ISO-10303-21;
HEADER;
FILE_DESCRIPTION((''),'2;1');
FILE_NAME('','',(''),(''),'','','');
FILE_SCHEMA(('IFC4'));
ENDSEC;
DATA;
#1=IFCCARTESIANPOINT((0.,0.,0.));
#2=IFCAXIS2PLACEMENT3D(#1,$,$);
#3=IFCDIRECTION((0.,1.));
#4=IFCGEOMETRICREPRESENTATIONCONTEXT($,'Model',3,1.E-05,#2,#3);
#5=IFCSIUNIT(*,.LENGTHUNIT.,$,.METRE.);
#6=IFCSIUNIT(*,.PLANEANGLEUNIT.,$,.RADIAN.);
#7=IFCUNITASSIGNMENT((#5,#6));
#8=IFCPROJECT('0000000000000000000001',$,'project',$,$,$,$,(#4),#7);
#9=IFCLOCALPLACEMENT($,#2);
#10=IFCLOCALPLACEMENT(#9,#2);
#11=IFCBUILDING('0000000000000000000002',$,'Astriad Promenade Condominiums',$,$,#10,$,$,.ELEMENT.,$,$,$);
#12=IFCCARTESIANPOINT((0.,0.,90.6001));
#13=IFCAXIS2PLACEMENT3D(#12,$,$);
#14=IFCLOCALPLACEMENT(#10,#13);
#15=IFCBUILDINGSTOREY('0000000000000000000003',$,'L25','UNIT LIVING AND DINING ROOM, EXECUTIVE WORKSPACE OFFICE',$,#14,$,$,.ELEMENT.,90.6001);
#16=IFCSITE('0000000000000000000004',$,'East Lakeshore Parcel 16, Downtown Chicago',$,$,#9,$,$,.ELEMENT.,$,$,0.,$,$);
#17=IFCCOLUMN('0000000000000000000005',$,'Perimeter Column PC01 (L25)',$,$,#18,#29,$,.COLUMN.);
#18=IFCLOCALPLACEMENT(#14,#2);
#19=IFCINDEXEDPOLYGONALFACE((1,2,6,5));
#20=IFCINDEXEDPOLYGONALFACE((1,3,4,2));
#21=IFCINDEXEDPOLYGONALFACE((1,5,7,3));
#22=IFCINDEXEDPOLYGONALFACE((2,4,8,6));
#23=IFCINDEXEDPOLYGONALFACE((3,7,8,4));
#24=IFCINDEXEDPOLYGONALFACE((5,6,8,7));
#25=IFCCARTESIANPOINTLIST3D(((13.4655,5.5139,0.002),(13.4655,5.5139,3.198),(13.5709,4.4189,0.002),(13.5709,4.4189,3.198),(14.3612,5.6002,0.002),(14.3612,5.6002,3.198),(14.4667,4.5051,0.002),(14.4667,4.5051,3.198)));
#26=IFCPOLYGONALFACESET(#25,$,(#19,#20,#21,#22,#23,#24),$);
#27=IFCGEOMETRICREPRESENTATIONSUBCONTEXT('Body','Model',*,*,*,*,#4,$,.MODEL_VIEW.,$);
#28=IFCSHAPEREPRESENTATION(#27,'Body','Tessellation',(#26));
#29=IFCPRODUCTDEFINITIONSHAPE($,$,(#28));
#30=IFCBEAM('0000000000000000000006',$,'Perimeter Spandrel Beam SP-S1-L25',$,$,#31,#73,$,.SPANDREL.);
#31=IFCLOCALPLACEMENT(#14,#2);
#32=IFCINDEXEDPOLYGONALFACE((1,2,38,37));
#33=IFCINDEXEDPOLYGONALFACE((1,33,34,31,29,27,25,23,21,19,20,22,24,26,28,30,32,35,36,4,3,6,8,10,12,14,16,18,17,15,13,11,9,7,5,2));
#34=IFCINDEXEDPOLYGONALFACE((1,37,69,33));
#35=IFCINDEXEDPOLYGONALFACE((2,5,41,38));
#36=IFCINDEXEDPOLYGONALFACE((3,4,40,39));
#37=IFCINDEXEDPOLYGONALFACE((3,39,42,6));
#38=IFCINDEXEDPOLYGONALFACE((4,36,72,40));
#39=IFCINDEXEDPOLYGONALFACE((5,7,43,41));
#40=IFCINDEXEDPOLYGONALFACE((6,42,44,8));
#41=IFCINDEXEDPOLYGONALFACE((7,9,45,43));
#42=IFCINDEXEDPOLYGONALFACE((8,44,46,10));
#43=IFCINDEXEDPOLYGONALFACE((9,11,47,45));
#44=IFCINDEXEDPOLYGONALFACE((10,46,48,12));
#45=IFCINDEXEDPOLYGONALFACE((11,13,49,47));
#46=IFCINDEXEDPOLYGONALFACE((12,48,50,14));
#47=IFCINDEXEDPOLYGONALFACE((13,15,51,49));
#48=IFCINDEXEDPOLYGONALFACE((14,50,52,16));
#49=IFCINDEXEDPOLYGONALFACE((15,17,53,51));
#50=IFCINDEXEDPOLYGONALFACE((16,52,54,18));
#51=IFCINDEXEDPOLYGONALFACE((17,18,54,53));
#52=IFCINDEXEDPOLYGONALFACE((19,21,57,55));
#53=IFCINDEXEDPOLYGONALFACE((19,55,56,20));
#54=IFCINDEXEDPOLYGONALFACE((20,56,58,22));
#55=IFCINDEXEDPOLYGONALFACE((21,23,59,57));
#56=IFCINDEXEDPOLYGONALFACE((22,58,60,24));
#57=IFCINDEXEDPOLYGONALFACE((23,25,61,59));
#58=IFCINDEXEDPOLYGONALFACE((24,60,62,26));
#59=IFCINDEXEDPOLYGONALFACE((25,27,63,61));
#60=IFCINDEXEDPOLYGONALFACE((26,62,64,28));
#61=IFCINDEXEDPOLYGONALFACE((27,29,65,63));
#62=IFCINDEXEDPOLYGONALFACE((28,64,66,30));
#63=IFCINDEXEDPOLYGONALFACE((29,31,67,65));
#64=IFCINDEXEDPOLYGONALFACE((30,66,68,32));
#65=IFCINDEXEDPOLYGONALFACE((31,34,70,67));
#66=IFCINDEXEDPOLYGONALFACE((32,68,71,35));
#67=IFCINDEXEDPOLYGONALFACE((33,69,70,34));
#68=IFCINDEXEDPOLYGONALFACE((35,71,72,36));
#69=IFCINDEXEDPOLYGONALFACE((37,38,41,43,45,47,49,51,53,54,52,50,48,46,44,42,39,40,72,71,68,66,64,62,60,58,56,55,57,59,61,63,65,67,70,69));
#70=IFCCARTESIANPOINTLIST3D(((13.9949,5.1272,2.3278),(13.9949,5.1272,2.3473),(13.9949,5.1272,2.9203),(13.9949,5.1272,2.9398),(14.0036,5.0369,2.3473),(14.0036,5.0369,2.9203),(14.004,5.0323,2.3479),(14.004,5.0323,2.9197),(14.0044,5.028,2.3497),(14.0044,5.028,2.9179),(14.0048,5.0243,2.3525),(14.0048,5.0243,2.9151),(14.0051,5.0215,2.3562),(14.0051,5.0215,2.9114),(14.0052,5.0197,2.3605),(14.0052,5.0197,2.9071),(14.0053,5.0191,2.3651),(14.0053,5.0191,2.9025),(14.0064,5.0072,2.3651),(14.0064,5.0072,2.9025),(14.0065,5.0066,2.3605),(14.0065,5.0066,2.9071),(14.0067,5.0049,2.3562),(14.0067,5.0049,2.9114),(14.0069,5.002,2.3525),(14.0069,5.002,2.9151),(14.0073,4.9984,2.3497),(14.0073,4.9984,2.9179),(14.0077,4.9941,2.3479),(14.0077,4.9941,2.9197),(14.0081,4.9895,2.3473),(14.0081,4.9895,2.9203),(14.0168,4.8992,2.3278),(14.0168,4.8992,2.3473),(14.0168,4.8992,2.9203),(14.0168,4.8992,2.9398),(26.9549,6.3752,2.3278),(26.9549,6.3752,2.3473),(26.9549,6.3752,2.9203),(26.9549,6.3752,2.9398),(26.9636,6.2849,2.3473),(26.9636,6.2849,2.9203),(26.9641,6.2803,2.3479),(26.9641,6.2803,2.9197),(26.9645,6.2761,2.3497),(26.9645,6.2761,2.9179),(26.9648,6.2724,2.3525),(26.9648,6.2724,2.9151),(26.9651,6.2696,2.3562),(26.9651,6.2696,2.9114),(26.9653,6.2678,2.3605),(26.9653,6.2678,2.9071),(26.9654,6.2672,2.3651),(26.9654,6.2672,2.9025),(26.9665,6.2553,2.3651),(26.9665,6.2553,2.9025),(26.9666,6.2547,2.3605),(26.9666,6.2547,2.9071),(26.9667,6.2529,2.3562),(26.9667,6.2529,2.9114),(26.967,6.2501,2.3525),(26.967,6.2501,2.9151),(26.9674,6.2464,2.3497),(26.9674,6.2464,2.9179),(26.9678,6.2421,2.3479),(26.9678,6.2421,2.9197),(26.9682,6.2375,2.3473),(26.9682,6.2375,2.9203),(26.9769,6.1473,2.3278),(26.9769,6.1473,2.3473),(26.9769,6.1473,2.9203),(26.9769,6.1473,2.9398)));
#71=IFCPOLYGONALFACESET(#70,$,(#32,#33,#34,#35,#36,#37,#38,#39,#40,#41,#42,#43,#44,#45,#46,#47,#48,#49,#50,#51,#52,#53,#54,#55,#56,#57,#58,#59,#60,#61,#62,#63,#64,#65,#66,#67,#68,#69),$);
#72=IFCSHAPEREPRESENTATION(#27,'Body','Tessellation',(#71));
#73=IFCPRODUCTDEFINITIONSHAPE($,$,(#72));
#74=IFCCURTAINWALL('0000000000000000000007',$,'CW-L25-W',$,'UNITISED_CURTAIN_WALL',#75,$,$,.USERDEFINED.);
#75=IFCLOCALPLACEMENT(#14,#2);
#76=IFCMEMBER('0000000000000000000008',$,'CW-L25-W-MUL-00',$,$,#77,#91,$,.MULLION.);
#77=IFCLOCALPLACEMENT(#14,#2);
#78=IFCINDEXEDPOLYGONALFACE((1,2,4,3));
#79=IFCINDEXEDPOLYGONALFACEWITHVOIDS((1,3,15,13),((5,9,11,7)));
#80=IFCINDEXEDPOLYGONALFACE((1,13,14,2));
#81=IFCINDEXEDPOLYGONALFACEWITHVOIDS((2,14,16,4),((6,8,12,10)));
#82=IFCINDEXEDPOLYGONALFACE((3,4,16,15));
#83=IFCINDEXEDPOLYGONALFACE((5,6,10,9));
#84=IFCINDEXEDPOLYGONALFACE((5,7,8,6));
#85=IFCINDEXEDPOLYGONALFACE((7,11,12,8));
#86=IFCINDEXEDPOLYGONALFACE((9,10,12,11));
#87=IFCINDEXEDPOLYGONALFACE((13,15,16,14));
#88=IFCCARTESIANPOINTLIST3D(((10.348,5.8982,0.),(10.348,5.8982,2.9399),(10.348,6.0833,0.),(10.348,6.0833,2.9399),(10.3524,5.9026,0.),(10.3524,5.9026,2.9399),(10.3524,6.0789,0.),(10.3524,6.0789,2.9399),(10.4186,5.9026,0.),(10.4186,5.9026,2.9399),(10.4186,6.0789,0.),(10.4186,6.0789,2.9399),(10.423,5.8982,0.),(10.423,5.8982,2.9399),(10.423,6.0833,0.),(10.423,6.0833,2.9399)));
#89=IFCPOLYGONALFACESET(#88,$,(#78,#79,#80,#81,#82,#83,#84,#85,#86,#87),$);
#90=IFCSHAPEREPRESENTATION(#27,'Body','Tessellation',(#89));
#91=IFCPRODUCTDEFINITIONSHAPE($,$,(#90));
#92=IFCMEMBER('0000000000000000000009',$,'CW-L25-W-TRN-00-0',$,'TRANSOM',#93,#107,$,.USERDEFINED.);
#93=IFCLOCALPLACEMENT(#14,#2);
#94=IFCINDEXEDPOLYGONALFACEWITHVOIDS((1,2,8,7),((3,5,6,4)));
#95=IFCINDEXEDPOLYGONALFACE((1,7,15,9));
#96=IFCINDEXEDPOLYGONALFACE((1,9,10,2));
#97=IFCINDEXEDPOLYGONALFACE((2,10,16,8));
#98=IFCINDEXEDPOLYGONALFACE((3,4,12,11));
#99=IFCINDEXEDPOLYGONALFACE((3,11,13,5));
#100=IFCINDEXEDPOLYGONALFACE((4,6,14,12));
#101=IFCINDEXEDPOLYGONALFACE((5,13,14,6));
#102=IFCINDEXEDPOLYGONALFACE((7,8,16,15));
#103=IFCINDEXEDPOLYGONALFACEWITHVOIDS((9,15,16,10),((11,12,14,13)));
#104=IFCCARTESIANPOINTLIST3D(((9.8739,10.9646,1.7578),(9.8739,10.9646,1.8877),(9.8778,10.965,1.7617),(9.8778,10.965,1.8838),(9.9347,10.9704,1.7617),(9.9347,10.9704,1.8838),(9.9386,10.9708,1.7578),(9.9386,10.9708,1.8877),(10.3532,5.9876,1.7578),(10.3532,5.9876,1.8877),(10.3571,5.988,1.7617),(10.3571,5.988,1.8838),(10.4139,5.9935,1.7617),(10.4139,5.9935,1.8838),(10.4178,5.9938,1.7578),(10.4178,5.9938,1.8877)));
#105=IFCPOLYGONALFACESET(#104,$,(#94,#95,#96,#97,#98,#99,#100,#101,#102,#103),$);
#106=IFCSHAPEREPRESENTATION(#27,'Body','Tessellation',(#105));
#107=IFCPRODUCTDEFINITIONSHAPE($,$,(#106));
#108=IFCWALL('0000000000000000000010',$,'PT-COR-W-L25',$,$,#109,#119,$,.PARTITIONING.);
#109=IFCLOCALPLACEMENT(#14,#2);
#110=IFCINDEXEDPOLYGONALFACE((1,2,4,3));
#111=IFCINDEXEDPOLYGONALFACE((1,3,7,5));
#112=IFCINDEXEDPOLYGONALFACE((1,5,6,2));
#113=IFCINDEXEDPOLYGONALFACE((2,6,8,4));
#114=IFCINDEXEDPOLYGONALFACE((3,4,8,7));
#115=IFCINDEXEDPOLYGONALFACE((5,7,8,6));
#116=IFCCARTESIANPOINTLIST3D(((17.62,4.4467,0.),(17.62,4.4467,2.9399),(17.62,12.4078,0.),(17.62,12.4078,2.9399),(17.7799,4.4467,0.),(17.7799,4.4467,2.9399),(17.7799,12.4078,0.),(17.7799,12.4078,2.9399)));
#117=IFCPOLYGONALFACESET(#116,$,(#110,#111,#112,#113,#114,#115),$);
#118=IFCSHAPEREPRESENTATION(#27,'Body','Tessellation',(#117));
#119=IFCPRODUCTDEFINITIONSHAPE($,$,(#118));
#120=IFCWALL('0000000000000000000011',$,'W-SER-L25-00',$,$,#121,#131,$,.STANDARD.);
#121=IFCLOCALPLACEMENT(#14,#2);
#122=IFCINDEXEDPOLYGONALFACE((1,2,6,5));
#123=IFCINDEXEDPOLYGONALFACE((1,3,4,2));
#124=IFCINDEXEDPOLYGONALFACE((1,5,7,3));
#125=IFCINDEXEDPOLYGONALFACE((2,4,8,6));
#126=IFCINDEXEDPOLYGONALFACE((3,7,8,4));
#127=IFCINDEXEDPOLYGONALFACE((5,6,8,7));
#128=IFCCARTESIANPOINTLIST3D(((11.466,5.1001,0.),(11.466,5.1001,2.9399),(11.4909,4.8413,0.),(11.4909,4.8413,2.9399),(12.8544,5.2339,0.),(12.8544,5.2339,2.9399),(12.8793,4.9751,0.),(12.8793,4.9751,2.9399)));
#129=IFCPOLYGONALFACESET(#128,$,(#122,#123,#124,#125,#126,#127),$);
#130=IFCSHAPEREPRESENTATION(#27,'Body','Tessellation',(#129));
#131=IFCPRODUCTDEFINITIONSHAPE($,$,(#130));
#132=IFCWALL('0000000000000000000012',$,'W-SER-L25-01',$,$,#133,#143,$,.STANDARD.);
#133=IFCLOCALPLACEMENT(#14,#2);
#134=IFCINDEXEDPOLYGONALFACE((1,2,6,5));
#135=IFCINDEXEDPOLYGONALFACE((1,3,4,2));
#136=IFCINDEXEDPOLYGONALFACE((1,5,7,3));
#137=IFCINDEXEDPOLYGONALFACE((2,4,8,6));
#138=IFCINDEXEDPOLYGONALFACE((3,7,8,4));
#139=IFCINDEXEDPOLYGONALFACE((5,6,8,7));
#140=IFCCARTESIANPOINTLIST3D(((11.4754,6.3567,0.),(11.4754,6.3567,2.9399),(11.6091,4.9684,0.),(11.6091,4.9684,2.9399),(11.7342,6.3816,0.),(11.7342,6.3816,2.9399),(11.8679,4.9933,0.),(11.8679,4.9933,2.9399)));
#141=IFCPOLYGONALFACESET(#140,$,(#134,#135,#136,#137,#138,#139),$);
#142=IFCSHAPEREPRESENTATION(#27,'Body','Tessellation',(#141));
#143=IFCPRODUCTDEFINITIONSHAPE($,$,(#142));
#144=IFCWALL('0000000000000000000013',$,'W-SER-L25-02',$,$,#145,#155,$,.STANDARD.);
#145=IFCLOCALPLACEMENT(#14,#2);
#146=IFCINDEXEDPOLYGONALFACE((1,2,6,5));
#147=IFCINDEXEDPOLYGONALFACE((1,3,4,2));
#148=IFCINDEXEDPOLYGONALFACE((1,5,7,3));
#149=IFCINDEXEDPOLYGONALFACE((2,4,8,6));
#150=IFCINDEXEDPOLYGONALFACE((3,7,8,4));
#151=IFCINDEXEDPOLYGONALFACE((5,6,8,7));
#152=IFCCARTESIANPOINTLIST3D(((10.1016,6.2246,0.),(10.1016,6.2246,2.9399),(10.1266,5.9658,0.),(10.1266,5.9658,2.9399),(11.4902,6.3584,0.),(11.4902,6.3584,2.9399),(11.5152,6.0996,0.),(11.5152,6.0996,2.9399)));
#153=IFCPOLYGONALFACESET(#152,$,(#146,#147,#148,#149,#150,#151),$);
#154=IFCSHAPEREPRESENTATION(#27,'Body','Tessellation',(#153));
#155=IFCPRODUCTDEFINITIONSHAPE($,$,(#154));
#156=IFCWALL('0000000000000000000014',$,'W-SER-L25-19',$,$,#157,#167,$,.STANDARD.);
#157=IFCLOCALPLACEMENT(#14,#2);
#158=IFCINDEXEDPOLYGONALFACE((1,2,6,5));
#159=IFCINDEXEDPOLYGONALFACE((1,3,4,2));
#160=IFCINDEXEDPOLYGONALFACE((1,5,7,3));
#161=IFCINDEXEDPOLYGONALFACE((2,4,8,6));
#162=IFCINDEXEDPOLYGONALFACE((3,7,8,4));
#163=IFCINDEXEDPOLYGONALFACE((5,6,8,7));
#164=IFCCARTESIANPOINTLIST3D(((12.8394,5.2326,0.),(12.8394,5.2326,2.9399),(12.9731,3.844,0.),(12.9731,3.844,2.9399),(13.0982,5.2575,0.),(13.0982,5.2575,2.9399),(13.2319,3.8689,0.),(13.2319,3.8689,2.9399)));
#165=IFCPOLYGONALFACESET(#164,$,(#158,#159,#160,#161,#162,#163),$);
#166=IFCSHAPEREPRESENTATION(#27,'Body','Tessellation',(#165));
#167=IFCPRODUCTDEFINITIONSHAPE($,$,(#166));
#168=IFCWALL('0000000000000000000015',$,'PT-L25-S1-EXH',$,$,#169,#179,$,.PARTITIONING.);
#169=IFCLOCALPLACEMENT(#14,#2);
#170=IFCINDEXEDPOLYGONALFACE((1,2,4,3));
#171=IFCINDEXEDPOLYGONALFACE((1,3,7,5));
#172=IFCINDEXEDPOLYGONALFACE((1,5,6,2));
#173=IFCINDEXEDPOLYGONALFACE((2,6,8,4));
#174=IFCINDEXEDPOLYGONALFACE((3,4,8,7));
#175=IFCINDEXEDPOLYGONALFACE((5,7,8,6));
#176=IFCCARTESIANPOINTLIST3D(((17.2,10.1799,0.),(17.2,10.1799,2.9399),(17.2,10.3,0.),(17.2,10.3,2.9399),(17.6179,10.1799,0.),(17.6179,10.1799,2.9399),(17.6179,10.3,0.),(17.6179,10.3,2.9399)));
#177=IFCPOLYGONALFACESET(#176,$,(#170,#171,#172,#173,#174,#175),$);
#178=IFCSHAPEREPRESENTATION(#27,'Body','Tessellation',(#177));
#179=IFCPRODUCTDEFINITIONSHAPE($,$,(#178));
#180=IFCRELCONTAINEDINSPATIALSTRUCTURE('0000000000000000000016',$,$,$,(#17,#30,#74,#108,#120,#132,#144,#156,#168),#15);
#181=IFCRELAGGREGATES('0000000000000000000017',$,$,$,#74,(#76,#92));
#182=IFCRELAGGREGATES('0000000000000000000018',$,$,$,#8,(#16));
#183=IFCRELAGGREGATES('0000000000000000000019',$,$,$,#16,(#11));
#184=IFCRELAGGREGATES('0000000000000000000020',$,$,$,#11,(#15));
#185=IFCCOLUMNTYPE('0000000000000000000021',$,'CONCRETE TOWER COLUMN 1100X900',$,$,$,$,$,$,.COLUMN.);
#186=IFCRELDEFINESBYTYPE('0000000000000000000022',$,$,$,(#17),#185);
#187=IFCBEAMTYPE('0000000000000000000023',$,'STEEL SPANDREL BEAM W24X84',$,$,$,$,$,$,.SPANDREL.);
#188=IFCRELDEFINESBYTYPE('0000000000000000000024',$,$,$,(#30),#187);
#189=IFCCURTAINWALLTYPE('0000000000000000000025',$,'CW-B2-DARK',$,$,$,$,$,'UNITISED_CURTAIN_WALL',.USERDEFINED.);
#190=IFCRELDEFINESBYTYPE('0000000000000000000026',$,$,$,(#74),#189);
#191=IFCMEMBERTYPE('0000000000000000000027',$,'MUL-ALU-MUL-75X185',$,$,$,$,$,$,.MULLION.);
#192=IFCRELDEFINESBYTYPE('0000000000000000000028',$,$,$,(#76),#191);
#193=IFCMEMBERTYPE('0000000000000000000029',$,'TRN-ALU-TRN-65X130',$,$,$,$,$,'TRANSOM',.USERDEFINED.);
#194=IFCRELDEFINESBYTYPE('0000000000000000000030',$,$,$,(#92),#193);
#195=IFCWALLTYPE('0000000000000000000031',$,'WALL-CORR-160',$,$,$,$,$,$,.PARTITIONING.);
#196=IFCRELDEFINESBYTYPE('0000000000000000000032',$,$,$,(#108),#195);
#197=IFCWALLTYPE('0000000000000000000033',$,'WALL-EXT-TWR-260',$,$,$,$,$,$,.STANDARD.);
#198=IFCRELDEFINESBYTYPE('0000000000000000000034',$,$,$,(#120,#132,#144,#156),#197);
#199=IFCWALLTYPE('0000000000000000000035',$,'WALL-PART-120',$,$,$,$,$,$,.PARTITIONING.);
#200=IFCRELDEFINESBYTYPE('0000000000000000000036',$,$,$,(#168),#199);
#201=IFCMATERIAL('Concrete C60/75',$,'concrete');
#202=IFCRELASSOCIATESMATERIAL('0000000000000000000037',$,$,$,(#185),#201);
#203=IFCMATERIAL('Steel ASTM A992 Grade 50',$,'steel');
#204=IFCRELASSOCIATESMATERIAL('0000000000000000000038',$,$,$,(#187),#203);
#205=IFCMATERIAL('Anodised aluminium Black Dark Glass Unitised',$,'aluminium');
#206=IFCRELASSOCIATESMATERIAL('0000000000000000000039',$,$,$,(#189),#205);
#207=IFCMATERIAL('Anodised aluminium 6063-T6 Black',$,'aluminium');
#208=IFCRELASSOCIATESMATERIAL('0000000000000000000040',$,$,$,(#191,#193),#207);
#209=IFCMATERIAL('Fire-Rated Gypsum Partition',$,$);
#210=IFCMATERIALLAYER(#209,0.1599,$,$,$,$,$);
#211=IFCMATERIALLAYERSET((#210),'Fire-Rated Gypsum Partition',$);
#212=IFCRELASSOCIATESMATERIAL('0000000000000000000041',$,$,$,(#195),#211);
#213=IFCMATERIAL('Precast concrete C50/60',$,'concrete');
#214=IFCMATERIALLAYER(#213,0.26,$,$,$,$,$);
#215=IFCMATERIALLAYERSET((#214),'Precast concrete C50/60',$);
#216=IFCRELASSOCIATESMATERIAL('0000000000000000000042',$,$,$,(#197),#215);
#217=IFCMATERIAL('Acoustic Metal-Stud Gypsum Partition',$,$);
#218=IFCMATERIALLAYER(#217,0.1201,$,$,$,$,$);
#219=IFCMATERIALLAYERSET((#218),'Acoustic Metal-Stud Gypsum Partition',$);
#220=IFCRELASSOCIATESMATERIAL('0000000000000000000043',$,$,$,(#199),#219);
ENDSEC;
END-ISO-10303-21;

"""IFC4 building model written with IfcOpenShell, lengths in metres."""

from ifc_helpers import new_model, si_unit, direction, frame, frame_2d, origin, origin_2d, place, context, subcontext, project, spatial, rectangle, hollow_rectangle, i_section, extrude, source, transform, mapped, material, layer, layer_set, material_profile, profile_set, type_object, type_shapes, element, aggregate, save


model = new_model("IFC4")

# Units and contexts
model_context = context("Model", 3, precision=1e-05, world=origin(), true_north=direction((0.0, 1.0)))
body_context = subcontext(model_context, "Body", "Model", "MODEL_VIEW")
ifc_project = project(units=[si_unit("LENGTHUNIT", "METRE"), si_unit("PLANEANGLEUNIT", "RADIAN")], contexts=[model_context])

# Site, building, storey
site_placement = place(None, origin())
site = spatial("IfcSite", under=ifc_project, at=site_placement, Name="East Lakeshore Parcel 16, Downtown Chicago", CompositionType="ELEMENT", RefElevation=0.0)
building_placement = place(site_placement, origin())
building = spatial("IfcBuilding", under=site, at=building_placement, Name="Astriad Promenade Condominiums", CompositionType="ELEMENT")
storey_placement = place(building_placement, frame((0.0, 0.0, 90.6001)))
storey = spatial("IfcBuildingStorey", under=building, at=storey_placement, Name="L25", Description="UNIT LIVING AND DINING ROOM, EXECUTIVE WORKSPACE OFFICE", CompositionType="ELEMENT", Elevation=90.6001)

# Column
ifc_material_1 = material(Name="Concrete C60/75", Category="concrete")
ifc_material_profile_1 = material_profile(ifc_material_1, rectangle(XDim=0.8999, YDim=1.1001, at=origin_2d()), Name="RC-COL-1100X900")
ifc_profile_set_1 = profile_set([ifc_material_profile_1], Name="Concrete C60/75")
column_type = type_object("IfcColumnType", Name="CONCRETE TOWER COLUMN 1100X900", PredefinedType="COLUMN", material=ifc_profile_set_1)
shared_shape_1 = source(origin(), body_context, "Body", "SweptSolid", [
    extrude(rectangle(XDim=0.8999, YDim=1.1001, at=origin_2d()), origin(), (0.0, 0.0, 1.0), 3.196),
])
type_shapes(column_type, [shared_shape_1])
column_placement = place(storey_placement, frame((13.9661, 5.0095, 0.002), z_axis=(0.0, 0.0, 1.0), x_axis=(0.995396, 0.095846, 0.0)))
element("IfcColumn", 1, at=column_placement, inside=storey, type_object=column_type, Name="Perimeter Column PC01 (L25)", PredefinedType="COLUMN", context=body_context, shape_type="MappedRepresentation", body=[
    mapped(shared_shape_1, transform((0.0, 0.0, 0.0), scale=1.0)),
])

# Beam
ifc_material_2 = material(Name="Steel ASTM A992 Grade 50", Category="steel")
ifc_material_profile_2 = material_profile(ifc_material_2, i_section(OverallWidth=0.229, OverallDepth=0.6121, WebThickness=0.012, FlangeThickness=0.0195, FilletRadius=0.0178, at=origin_2d()), Name="W24X84")
ifc_profile_set_2 = profile_set([ifc_material_profile_2], Name="Steel ASTM A992 Grade 50")
beam_type = type_object("IfcBeamType", Name="STEEL SPANDREL BEAM W24X84", PredefinedType="SPANDREL", material=ifc_profile_set_2)
shared_shape_2 = source(origin(), body_context, "Body", "SweptSolid", [
    extrude(i_section(OverallWidth=0.229, OverallDepth=0.6121, WebThickness=0.012, FlangeThickness=0.0195, FilletRadius=0.0178, at=origin_2d()), origin(), (0.0, 0.0, 1.0), 13.02),
])
type_shapes(beam_type, [shared_shape_2])
beam_placement = place(storey_placement, frame((14.0059, 5.0132, 2.6338), z_axis=(0.995395, 0.095857, 0.0), x_axis=(-0.095857, 0.995395, 0.0)))
element("IfcBeam", 2, at=beam_placement, inside=storey, type_object=beam_type, Name="Perimeter Spandrel Beam SP-S1-L25", PredefinedType="SPANDREL", context=body_context, shape_type="MappedRepresentation", body=[
    mapped(shared_shape_2, transform((0.0, 0.0, 0.0), scale=1.0)),
])

# Curtain wall, members
ifc_material_3 = material(Name="Anodised aluminium Black Dark Glass Unitised", Category="aluminium")
curtain_wall_type = type_object("IfcCurtainWallType", Name="CW-B2-DARK", ElementType="UNITISED_CURTAIN_WALL", PredefinedType="USERDEFINED", material=ifc_material_3)
curtain_wall_placement = place(storey_placement, origin())
curtain_wall = element("IfcCurtainWall", 3, at=curtain_wall_placement, inside=storey, type_object=curtain_wall_type, Name="CW-L25-W", ObjectType="UNITISED_CURTAIN_WALL", PredefinedType="USERDEFINED")
ifc_material_4 = material(Name="Anodised aluminium 6063-T6 Black", Category="aluminium")
ifc_material_profile_3 = material_profile(ifc_material_4, hollow_rectangle(XDim=0.075, YDim=0.1851, WallThickness=0.0044, at=origin_2d()), Name="ALU-MUL-75X185")
ifc_profile_set_3 = profile_set([ifc_material_profile_3], Name="Anodised aluminium 6063-T6 Black")
member_type_1 = type_object("IfcMemberType", Name="MUL-ALU-MUL-75X185", PredefinedType="MULLION", material=ifc_profile_set_3)
shared_shape_3 = source(origin(), body_context, "Body", "SweptSolid", [
    extrude(hollow_rectangle(XDim=0.075, YDim=0.1851, WallThickness=0.0044, at=origin_2d()), origin(), (0.0, 0.0, 1.0), 2.9399),
])
type_shapes(member_type_1, [shared_shape_3])
member_1_placement = place(storey_placement, frame((10.3855, 5.9907, 0.0), z_axis=(0.0, 0.0, 1.0), x_axis=(1.0, 0.0, 0.0)))
member_1 = element("IfcMember", 4, at=member_1_placement, type_object=member_type_1, Name="CW-L25-W-MUL-00", PredefinedType="MULLION", context=body_context, shape_type="MappedRepresentation", body=[
    mapped(shared_shape_3, transform((0.0, 0.0, 0.0), scale=1.0)),
])
ifc_material_profile_4 = material_profile(ifc_material_4, hollow_rectangle(XDim=0.0649, YDim=0.1299, WallThickness=0.0039, at=origin_2d()), Name="ALU-TRN-65X130")
ifc_profile_set_4 = profile_set([ifc_material_profile_4], Name="Anodised aluminium 6063-T6 Black")
member_type_2 = type_object("IfcMemberType", Name="TRN-ALU-TRN-65X130", ElementType="TRANSOM", PredefinedType="USERDEFINED", material=ifc_profile_set_4)
shared_shape_4 = source(origin(), body_context, "Body", "SweptSolid", [
    extrude(hollow_rectangle(XDim=0.0649, YDim=0.1299, WallThickness=0.0039, at=origin_2d()), origin(), (0.0, 0.0, 1.0), 5.0),
])
type_shapes(member_type_2, [shared_shape_4])
member_2_placement = place(storey_placement, frame((10.3855, 5.9907, 1.8228), z_axis=(-0.095848, 0.995396, 0.0), x_axis=(-0.995396, -0.095848, 0.0)))
member_2 = element("IfcMember", 5, at=member_2_placement, type_object=member_type_2, Name="CW-L25-W-TRN-00-0", ObjectType="TRANSOM", PredefinedType="USERDEFINED", context=body_context, shape_type="MappedRepresentation", body=[
    mapped(shared_shape_4, transform((0.0, 0.0, 0.0), scale=1.0)),
])
aggregate(curtain_wall, [member_1, member_2])

# Walls
ifc_material_5 = material(Name="Fire-Rated Gypsum Partition")
ifc_layer_1 = layer(ifc_material_5, 0.1599)
ifc_layer_set_1 = layer_set([ifc_layer_1], Name="Fire-Rated Gypsum Partition")
wall_type_1 = type_object("IfcWallType", Name="WALL-CORR-160", PredefinedType="PARTITIONING", material=ifc_layer_set_1)
wall_1_placement = place(storey_placement, frame((17.7, 4.4468, 0.0), z_axis=(0.0, 0.0, 1.0), x_axis=(0.0, 1.0, 0.0)))
element("IfcWall", 6, at=wall_1_placement, inside=storey, type_object=wall_type_1, Name="PT-COR-W-L25", PredefinedType="PARTITIONING", context=body_context, shape_type="SweptSolid", body=[
    extrude(rectangle(XDim=7.9612, YDim=0.1599, at=frame_2d((3.9805, 0.0))), origin(), (0.0, 0.0, 1.0), 2.9399),
])
ifc_material_6 = material(Name="Precast concrete C50/60", Category="concrete")
ifc_layer_2 = layer(ifc_material_6, 0.26)
ifc_layer_set_2 = layer_set([ifc_layer_2], Name="Precast concrete C50/60")
wall_type_2 = type_object("IfcWallType", Name="WALL-EXT-TWR-260", PredefinedType="STANDARD", material=ifc_layer_set_2)
for number, where, z_axis, x_axis, name in (
    (7, (12.8667, 5.1045, 0.0), (0.0, 0.0, 1.0), (-0.995389, -0.095916, 0.0), "W-SER-L25-00"),
    (8, (11.7385, 4.981, 0.0), (0.0, 0.0, 1.0), (-0.095916, 0.995389, 0.0), "W-SER-L25-01"),
):
    element("IfcWall", number, at=place(storey_placement, frame(where, z_axis=z_axis, x_axis=x_axis)), inside=storey, type_object=wall_type_2, Name=name, PredefinedType="STANDARD", context=body_context, shape_type="SweptSolid", body=[
        extrude(rectangle(XDim=1.3948, YDim=0.26, at=frame_2d((0.6973, 0.0))), origin(), (0.0, 0.0, 1.0), 2.9399),
    ])
for number, where, z_axis, x_axis, name in (
    (9, (11.5027, 6.229, 0.0), (0.0, 0.0, 1.0), (-0.995391, -0.095899, 0.0), "W-SER-L25-02"),
    (10, (13.1025, 3.8564, 0.0), (0.0, 0.0, 1.0), (-0.095899, 0.995391, 0.0), "W-SER-L25-19"),
):
    element("IfcWall", number, at=place(storey_placement, frame(where, z_axis=z_axis, x_axis=x_axis)), inside=storey, type_object=wall_type_2, Name=name, PredefinedType="STANDARD", context=body_context, shape_type="SweptSolid", body=[
        extrude(rectangle(XDim=1.395, YDim=0.26, at=frame_2d((0.6975, 0.0))), origin(), (0.0, 0.0, 1.0), 2.9399),
    ])
ifc_material_7 = material(Name="Acoustic Metal-Stud Gypsum Partition")
ifc_layer_3 = layer(ifc_material_7, 0.1201)
ifc_layer_set_3 = layer_set([ifc_layer_3], Name="Acoustic Metal-Stud Gypsum Partition")
wall_type_3 = type_object("IfcWallType", Name="WALL-PART-120", PredefinedType="PARTITIONING", material=ifc_layer_set_3)
wall_2_placement = place(storey_placement, frame((17.2, 10.24, 0.0), z_axis=(0.0, 0.0, 1.0), x_axis=(1.0, 0.0, 0.0)))
element("IfcWall", 11, at=wall_2_placement, inside=storey, type_object=wall_type_3, Name="PT-L25-S1-EXH", PredefinedType="PARTITIONING", context=body_context, shape_type="SweptSolid", body=[
    extrude(rectangle(XDim=0.418, YDim=0.1201, at=frame_2d((0.209, 0.0))), origin(), (0.0, 0.0, 1.0), 2.9399),
])

save(model, "model.ifc")
